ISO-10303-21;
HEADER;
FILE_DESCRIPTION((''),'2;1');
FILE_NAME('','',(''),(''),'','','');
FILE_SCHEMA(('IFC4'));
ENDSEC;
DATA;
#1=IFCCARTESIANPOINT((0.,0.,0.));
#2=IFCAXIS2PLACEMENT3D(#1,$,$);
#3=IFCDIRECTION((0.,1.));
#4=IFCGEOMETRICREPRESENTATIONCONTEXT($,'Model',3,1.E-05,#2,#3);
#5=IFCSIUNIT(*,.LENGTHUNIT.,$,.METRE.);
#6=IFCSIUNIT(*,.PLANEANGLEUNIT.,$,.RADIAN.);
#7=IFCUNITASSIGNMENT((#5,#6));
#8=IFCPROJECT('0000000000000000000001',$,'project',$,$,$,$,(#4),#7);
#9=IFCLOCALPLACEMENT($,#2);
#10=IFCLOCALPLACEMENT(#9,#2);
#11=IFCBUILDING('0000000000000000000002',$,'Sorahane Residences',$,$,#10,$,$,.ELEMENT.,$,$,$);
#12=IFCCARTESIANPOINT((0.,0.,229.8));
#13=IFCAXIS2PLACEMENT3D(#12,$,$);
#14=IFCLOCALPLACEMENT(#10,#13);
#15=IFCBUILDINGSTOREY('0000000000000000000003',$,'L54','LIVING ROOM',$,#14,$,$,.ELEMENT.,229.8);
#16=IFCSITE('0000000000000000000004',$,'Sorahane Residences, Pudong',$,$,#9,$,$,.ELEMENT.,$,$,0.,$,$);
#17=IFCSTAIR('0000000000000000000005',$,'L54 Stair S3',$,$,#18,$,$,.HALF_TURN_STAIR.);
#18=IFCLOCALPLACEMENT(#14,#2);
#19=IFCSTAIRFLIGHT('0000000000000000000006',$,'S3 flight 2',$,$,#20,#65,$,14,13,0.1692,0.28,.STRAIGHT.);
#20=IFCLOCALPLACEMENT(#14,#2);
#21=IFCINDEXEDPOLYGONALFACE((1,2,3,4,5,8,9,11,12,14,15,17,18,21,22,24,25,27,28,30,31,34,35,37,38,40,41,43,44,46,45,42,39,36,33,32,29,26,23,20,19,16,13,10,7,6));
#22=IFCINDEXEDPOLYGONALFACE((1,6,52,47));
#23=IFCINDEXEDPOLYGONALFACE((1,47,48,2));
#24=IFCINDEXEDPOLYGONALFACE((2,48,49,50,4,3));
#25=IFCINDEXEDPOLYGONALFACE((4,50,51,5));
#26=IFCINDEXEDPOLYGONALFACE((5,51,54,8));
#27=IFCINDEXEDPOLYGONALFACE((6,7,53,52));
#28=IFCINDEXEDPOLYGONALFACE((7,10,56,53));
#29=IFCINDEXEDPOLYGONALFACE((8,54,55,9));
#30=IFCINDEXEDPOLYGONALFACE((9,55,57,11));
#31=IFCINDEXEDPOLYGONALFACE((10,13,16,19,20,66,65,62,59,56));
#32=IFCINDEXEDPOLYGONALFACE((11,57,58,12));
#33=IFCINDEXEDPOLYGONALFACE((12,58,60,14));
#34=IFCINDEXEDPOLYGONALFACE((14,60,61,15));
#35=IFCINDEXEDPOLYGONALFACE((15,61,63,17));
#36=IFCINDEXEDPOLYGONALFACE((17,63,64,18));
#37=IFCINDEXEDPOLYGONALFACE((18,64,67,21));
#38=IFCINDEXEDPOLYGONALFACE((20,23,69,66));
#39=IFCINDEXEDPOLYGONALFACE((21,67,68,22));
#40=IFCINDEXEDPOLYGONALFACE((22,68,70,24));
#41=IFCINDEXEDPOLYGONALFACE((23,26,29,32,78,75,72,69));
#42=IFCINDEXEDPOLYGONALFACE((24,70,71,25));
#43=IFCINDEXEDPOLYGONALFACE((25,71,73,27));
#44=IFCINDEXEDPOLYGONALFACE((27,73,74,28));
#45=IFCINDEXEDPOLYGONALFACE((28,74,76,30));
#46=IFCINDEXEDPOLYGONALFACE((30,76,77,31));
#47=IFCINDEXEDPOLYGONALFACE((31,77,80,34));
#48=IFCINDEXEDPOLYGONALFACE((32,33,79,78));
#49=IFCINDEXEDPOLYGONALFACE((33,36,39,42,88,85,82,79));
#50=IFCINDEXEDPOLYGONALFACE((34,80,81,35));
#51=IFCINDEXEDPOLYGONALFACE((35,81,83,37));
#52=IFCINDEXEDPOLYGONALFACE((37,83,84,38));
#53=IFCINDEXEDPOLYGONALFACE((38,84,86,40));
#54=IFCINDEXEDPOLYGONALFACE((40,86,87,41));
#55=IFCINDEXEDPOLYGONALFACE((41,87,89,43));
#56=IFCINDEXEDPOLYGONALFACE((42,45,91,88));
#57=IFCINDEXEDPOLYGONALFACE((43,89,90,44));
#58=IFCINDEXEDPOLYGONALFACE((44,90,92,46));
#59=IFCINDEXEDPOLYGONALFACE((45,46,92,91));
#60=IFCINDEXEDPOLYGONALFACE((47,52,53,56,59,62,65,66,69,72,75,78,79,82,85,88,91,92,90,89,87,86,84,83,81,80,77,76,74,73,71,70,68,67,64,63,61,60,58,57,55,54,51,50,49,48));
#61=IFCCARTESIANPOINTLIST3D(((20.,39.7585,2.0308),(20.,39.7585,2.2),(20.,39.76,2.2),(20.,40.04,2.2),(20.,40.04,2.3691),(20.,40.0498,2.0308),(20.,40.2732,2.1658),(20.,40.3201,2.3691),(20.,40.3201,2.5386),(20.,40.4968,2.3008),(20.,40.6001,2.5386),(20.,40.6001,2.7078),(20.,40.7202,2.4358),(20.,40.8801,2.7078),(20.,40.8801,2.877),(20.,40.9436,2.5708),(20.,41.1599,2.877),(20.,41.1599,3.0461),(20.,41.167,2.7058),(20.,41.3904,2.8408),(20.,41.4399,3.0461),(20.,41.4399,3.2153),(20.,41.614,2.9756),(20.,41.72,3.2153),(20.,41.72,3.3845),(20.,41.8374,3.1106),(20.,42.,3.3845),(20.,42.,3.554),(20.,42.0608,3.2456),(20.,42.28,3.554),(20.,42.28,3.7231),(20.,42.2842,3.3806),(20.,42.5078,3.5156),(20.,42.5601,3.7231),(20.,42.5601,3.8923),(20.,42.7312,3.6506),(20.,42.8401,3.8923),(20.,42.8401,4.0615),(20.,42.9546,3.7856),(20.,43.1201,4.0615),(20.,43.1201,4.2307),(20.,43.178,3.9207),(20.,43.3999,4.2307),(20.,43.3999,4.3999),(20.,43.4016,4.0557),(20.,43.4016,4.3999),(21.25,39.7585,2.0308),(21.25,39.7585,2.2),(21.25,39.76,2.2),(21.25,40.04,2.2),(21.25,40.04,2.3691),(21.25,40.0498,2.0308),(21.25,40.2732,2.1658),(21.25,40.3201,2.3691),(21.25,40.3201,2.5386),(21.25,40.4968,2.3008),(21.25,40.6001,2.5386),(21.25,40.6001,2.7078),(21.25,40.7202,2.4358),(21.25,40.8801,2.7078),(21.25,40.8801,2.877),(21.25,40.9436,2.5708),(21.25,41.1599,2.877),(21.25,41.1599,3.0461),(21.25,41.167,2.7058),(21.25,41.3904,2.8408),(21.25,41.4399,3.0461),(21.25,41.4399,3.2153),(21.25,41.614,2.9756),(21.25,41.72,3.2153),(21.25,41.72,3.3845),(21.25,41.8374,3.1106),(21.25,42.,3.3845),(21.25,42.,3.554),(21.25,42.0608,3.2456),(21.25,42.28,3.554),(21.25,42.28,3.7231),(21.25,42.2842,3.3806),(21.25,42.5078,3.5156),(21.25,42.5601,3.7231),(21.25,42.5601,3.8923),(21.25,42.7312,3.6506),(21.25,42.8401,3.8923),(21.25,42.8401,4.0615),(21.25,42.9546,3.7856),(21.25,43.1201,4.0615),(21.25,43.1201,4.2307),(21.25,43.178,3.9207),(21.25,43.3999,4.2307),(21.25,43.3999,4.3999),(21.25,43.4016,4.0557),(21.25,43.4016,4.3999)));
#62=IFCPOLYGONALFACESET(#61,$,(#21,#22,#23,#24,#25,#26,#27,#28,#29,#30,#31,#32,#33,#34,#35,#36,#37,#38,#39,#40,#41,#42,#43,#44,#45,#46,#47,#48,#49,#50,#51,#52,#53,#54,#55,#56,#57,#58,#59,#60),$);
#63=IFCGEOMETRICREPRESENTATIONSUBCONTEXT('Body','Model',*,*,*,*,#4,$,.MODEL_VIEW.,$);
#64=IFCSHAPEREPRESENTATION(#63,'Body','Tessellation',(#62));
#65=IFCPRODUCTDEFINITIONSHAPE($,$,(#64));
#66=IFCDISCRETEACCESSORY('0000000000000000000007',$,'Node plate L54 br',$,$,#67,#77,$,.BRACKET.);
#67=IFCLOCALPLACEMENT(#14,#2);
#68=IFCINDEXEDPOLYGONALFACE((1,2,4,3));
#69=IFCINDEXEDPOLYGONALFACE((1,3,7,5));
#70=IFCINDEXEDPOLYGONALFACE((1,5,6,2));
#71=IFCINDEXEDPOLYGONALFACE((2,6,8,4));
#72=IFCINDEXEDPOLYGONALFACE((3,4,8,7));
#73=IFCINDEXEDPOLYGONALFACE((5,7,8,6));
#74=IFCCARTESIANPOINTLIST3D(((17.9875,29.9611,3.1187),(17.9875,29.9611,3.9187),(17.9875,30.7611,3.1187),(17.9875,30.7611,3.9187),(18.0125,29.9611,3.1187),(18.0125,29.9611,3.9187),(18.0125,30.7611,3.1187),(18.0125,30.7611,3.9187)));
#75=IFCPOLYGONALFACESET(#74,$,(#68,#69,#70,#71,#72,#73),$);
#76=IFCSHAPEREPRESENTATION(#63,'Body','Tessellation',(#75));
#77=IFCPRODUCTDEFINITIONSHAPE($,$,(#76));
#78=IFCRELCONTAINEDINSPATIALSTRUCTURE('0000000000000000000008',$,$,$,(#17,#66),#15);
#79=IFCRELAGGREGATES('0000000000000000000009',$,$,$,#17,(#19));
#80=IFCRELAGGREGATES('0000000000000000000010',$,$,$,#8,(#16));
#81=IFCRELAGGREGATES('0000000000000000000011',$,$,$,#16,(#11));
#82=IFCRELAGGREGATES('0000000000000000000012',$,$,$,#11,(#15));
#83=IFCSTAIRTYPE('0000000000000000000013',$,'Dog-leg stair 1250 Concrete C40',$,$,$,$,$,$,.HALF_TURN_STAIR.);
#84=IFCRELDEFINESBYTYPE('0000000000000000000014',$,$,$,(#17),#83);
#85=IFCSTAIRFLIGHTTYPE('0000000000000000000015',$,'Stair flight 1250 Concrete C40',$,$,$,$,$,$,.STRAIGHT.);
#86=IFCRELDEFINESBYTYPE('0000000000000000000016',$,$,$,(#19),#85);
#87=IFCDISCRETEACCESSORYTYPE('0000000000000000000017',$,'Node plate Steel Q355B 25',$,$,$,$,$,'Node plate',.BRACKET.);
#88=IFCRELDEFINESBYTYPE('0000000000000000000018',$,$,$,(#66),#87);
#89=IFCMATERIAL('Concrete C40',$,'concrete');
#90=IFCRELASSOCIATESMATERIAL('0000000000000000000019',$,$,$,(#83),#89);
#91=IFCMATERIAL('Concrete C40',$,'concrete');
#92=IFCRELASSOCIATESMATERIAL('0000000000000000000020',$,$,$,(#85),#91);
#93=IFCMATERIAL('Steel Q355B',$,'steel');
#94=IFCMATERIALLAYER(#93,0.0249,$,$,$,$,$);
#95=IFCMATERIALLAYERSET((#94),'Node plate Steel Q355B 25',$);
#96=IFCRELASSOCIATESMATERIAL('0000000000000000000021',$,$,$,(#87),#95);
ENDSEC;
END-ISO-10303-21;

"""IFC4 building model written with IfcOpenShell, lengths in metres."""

from ifc_helpers import new_model, si_unit, direction, frame, origin, origin_2d, place, context, subcontext, project, spatial, polyline, rectangle, outline, extrude, material, layer, layer_set, type_object, element, aggregate, save


model = new_model("IFC4")

# Units and contexts
model_context = context("Model", 3, precision=1e-05, world=origin(), true_north=direction((0.0, 1.0)))
body_context = subcontext(model_context, "Body", "Model", "MODEL_VIEW")
ifc_project = project(units=[si_unit("LENGTHUNIT", "METRE"), si_unit("PLANEANGLEUNIT", "RADIAN")], contexts=[model_context])

# Site, building, storey
site_placement = place(None, origin())
site = spatial("IfcSite", under=ifc_project, at=site_placement, Name="Sorahane Residences, Pudong", CompositionType="ELEMENT", RefElevation=0.0)
building_placement = place(site_placement, origin())
building = spatial("IfcBuilding", under=site, at=building_placement, Name="Sorahane Residences", CompositionType="ELEMENT")
storey_placement = place(building_placement, frame((0.0, 0.0, 229.8)))
storey = spatial("IfcBuildingStorey", under=building, at=storey_placement, Name="L54", Description="LIVING ROOM", CompositionType="ELEMENT", Elevation=229.8)

# Stair, stair flight
ifc_material_1 = material(Name="Concrete C40", Category="concrete")
stair_type = type_object("IfcStairType", Name="Dog-leg stair 1250 Concrete C40", PredefinedType="HALF_TURN_STAIR", material=ifc_material_1)
stair_placement = place(storey_placement, origin())
stair = element("IfcStair", 1, at=stair_placement, inside=storey, type_object=stair_type, Name="L54 Stair S3", PredefinedType="HALF_TURN_STAIR")
ifc_material_2 = material(Name="Concrete C40", Category="concrete")
stair_flight_type = type_object("IfcStairFlightType", Name="Stair flight 1250 Concrete C40", PredefinedType="STRAIGHT", material=ifc_material_2)
stair_flight_placement = place(storey_placement, frame((20.625, 39.76, 2.0308), z_axis=(0.0, 0.0, 1.0), x_axis=(0.0, 1.0, 0.0)))
stair_flight = element("IfcStairFlight", 2, at=stair_flight_placement, type_object=stair_flight_type, Name="S3 flight 2", NumberOfRisers=14, NumberOfTreads=13, PredefinedType="STRAIGHT", RiserHeight=0.1692, TreadLength=0.28, context=body_context, shape_type="SweptSolid", body=[
    extrude(outline(polyline([(-0.0015, 0.0), (-0.0015, 0.1692), (0.0, 0.1692), (0.28, 0.1692), (0.28, 0.3384), (0.5601, 0.3384), (0.5601, 0.5078), (0.8401, 0.5078), (0.8401, 0.677), (1.1201, 0.677), (1.1201, 0.8462), (1.3999, 0.8462), (1.3999, 1.0154), (1.6799, 1.0154), (1.6799, 1.1846), (1.96, 1.1846), (1.96, 1.3538), (2.24, 1.3538), (2.24, 1.5232), (2.52, 1.5232), (2.52, 1.6924), (2.8, 1.6924), (2.8, 1.8616), (3.0801, 1.8616), (3.0801, 2.0308), (3.3601, 2.0308), (3.3601, 2.2), (3.6399, 2.2), (3.6399, 2.3691), (3.6416, 2.3691), (3.6416, 2.0249), (3.418, 1.8899), (3.1946, 1.7549), (2.9712, 1.6199), (2.7478, 1.4849), (2.5242, 1.3499), (2.3008, 1.2148), (2.0774, 1.0798), (1.854, 0.9448), (1.6304, 0.8101), (1.407, 0.675), (1.1836, 0.54), (0.9602, 0.405), (0.7368, 0.27), (0.5132, 0.135), (0.2898, 0.0), (-0.0015, 0.0)])), frame((0.0, 0.625, 0.0), z_axis=(0.0, -1.0, 0.0), x_axis=(1.0, 0.0, 0.0)), (0.0, 0.0, 1.0), 1.25),
])
aggregate(stair, [stair_flight])

# Discrete accessory
ifc_material_3 = material(Name="Steel Q355B", Category="steel")
ifc_layer_1 = layer(ifc_material_3, 0.0249)
ifc_layer_set_1 = layer_set([ifc_layer_1], Name="Node plate Steel Q355B 25")
discrete_accessory_type = type_object("IfcDiscreteAccessoryType", Name="Node plate Steel Q355B 25", ElementType="Node plate", PredefinedType="BRACKET", material=ifc_layer_set_1)
discrete_accessory_placement = place(storey_placement, frame((18.0, 30.3611, 3.1187), z_axis=(0.0, 0.0, 1.0), x_axis=(0.0, 1.0, 0.0)))
element("IfcDiscreteAccessory", 3, at=discrete_accessory_placement, inside=storey, type_object=discrete_accessory_type, Name="Node plate L54 br", PredefinedType="BRACKET", context=body_context, shape_type="SweptSolid", body=[
    extrude(rectangle(XDim=0.8, YDim=0.0249, at=origin_2d()), origin(), (0.0, 0.0, 1.0), 0.8),
])

save(model, "model.ifc")
